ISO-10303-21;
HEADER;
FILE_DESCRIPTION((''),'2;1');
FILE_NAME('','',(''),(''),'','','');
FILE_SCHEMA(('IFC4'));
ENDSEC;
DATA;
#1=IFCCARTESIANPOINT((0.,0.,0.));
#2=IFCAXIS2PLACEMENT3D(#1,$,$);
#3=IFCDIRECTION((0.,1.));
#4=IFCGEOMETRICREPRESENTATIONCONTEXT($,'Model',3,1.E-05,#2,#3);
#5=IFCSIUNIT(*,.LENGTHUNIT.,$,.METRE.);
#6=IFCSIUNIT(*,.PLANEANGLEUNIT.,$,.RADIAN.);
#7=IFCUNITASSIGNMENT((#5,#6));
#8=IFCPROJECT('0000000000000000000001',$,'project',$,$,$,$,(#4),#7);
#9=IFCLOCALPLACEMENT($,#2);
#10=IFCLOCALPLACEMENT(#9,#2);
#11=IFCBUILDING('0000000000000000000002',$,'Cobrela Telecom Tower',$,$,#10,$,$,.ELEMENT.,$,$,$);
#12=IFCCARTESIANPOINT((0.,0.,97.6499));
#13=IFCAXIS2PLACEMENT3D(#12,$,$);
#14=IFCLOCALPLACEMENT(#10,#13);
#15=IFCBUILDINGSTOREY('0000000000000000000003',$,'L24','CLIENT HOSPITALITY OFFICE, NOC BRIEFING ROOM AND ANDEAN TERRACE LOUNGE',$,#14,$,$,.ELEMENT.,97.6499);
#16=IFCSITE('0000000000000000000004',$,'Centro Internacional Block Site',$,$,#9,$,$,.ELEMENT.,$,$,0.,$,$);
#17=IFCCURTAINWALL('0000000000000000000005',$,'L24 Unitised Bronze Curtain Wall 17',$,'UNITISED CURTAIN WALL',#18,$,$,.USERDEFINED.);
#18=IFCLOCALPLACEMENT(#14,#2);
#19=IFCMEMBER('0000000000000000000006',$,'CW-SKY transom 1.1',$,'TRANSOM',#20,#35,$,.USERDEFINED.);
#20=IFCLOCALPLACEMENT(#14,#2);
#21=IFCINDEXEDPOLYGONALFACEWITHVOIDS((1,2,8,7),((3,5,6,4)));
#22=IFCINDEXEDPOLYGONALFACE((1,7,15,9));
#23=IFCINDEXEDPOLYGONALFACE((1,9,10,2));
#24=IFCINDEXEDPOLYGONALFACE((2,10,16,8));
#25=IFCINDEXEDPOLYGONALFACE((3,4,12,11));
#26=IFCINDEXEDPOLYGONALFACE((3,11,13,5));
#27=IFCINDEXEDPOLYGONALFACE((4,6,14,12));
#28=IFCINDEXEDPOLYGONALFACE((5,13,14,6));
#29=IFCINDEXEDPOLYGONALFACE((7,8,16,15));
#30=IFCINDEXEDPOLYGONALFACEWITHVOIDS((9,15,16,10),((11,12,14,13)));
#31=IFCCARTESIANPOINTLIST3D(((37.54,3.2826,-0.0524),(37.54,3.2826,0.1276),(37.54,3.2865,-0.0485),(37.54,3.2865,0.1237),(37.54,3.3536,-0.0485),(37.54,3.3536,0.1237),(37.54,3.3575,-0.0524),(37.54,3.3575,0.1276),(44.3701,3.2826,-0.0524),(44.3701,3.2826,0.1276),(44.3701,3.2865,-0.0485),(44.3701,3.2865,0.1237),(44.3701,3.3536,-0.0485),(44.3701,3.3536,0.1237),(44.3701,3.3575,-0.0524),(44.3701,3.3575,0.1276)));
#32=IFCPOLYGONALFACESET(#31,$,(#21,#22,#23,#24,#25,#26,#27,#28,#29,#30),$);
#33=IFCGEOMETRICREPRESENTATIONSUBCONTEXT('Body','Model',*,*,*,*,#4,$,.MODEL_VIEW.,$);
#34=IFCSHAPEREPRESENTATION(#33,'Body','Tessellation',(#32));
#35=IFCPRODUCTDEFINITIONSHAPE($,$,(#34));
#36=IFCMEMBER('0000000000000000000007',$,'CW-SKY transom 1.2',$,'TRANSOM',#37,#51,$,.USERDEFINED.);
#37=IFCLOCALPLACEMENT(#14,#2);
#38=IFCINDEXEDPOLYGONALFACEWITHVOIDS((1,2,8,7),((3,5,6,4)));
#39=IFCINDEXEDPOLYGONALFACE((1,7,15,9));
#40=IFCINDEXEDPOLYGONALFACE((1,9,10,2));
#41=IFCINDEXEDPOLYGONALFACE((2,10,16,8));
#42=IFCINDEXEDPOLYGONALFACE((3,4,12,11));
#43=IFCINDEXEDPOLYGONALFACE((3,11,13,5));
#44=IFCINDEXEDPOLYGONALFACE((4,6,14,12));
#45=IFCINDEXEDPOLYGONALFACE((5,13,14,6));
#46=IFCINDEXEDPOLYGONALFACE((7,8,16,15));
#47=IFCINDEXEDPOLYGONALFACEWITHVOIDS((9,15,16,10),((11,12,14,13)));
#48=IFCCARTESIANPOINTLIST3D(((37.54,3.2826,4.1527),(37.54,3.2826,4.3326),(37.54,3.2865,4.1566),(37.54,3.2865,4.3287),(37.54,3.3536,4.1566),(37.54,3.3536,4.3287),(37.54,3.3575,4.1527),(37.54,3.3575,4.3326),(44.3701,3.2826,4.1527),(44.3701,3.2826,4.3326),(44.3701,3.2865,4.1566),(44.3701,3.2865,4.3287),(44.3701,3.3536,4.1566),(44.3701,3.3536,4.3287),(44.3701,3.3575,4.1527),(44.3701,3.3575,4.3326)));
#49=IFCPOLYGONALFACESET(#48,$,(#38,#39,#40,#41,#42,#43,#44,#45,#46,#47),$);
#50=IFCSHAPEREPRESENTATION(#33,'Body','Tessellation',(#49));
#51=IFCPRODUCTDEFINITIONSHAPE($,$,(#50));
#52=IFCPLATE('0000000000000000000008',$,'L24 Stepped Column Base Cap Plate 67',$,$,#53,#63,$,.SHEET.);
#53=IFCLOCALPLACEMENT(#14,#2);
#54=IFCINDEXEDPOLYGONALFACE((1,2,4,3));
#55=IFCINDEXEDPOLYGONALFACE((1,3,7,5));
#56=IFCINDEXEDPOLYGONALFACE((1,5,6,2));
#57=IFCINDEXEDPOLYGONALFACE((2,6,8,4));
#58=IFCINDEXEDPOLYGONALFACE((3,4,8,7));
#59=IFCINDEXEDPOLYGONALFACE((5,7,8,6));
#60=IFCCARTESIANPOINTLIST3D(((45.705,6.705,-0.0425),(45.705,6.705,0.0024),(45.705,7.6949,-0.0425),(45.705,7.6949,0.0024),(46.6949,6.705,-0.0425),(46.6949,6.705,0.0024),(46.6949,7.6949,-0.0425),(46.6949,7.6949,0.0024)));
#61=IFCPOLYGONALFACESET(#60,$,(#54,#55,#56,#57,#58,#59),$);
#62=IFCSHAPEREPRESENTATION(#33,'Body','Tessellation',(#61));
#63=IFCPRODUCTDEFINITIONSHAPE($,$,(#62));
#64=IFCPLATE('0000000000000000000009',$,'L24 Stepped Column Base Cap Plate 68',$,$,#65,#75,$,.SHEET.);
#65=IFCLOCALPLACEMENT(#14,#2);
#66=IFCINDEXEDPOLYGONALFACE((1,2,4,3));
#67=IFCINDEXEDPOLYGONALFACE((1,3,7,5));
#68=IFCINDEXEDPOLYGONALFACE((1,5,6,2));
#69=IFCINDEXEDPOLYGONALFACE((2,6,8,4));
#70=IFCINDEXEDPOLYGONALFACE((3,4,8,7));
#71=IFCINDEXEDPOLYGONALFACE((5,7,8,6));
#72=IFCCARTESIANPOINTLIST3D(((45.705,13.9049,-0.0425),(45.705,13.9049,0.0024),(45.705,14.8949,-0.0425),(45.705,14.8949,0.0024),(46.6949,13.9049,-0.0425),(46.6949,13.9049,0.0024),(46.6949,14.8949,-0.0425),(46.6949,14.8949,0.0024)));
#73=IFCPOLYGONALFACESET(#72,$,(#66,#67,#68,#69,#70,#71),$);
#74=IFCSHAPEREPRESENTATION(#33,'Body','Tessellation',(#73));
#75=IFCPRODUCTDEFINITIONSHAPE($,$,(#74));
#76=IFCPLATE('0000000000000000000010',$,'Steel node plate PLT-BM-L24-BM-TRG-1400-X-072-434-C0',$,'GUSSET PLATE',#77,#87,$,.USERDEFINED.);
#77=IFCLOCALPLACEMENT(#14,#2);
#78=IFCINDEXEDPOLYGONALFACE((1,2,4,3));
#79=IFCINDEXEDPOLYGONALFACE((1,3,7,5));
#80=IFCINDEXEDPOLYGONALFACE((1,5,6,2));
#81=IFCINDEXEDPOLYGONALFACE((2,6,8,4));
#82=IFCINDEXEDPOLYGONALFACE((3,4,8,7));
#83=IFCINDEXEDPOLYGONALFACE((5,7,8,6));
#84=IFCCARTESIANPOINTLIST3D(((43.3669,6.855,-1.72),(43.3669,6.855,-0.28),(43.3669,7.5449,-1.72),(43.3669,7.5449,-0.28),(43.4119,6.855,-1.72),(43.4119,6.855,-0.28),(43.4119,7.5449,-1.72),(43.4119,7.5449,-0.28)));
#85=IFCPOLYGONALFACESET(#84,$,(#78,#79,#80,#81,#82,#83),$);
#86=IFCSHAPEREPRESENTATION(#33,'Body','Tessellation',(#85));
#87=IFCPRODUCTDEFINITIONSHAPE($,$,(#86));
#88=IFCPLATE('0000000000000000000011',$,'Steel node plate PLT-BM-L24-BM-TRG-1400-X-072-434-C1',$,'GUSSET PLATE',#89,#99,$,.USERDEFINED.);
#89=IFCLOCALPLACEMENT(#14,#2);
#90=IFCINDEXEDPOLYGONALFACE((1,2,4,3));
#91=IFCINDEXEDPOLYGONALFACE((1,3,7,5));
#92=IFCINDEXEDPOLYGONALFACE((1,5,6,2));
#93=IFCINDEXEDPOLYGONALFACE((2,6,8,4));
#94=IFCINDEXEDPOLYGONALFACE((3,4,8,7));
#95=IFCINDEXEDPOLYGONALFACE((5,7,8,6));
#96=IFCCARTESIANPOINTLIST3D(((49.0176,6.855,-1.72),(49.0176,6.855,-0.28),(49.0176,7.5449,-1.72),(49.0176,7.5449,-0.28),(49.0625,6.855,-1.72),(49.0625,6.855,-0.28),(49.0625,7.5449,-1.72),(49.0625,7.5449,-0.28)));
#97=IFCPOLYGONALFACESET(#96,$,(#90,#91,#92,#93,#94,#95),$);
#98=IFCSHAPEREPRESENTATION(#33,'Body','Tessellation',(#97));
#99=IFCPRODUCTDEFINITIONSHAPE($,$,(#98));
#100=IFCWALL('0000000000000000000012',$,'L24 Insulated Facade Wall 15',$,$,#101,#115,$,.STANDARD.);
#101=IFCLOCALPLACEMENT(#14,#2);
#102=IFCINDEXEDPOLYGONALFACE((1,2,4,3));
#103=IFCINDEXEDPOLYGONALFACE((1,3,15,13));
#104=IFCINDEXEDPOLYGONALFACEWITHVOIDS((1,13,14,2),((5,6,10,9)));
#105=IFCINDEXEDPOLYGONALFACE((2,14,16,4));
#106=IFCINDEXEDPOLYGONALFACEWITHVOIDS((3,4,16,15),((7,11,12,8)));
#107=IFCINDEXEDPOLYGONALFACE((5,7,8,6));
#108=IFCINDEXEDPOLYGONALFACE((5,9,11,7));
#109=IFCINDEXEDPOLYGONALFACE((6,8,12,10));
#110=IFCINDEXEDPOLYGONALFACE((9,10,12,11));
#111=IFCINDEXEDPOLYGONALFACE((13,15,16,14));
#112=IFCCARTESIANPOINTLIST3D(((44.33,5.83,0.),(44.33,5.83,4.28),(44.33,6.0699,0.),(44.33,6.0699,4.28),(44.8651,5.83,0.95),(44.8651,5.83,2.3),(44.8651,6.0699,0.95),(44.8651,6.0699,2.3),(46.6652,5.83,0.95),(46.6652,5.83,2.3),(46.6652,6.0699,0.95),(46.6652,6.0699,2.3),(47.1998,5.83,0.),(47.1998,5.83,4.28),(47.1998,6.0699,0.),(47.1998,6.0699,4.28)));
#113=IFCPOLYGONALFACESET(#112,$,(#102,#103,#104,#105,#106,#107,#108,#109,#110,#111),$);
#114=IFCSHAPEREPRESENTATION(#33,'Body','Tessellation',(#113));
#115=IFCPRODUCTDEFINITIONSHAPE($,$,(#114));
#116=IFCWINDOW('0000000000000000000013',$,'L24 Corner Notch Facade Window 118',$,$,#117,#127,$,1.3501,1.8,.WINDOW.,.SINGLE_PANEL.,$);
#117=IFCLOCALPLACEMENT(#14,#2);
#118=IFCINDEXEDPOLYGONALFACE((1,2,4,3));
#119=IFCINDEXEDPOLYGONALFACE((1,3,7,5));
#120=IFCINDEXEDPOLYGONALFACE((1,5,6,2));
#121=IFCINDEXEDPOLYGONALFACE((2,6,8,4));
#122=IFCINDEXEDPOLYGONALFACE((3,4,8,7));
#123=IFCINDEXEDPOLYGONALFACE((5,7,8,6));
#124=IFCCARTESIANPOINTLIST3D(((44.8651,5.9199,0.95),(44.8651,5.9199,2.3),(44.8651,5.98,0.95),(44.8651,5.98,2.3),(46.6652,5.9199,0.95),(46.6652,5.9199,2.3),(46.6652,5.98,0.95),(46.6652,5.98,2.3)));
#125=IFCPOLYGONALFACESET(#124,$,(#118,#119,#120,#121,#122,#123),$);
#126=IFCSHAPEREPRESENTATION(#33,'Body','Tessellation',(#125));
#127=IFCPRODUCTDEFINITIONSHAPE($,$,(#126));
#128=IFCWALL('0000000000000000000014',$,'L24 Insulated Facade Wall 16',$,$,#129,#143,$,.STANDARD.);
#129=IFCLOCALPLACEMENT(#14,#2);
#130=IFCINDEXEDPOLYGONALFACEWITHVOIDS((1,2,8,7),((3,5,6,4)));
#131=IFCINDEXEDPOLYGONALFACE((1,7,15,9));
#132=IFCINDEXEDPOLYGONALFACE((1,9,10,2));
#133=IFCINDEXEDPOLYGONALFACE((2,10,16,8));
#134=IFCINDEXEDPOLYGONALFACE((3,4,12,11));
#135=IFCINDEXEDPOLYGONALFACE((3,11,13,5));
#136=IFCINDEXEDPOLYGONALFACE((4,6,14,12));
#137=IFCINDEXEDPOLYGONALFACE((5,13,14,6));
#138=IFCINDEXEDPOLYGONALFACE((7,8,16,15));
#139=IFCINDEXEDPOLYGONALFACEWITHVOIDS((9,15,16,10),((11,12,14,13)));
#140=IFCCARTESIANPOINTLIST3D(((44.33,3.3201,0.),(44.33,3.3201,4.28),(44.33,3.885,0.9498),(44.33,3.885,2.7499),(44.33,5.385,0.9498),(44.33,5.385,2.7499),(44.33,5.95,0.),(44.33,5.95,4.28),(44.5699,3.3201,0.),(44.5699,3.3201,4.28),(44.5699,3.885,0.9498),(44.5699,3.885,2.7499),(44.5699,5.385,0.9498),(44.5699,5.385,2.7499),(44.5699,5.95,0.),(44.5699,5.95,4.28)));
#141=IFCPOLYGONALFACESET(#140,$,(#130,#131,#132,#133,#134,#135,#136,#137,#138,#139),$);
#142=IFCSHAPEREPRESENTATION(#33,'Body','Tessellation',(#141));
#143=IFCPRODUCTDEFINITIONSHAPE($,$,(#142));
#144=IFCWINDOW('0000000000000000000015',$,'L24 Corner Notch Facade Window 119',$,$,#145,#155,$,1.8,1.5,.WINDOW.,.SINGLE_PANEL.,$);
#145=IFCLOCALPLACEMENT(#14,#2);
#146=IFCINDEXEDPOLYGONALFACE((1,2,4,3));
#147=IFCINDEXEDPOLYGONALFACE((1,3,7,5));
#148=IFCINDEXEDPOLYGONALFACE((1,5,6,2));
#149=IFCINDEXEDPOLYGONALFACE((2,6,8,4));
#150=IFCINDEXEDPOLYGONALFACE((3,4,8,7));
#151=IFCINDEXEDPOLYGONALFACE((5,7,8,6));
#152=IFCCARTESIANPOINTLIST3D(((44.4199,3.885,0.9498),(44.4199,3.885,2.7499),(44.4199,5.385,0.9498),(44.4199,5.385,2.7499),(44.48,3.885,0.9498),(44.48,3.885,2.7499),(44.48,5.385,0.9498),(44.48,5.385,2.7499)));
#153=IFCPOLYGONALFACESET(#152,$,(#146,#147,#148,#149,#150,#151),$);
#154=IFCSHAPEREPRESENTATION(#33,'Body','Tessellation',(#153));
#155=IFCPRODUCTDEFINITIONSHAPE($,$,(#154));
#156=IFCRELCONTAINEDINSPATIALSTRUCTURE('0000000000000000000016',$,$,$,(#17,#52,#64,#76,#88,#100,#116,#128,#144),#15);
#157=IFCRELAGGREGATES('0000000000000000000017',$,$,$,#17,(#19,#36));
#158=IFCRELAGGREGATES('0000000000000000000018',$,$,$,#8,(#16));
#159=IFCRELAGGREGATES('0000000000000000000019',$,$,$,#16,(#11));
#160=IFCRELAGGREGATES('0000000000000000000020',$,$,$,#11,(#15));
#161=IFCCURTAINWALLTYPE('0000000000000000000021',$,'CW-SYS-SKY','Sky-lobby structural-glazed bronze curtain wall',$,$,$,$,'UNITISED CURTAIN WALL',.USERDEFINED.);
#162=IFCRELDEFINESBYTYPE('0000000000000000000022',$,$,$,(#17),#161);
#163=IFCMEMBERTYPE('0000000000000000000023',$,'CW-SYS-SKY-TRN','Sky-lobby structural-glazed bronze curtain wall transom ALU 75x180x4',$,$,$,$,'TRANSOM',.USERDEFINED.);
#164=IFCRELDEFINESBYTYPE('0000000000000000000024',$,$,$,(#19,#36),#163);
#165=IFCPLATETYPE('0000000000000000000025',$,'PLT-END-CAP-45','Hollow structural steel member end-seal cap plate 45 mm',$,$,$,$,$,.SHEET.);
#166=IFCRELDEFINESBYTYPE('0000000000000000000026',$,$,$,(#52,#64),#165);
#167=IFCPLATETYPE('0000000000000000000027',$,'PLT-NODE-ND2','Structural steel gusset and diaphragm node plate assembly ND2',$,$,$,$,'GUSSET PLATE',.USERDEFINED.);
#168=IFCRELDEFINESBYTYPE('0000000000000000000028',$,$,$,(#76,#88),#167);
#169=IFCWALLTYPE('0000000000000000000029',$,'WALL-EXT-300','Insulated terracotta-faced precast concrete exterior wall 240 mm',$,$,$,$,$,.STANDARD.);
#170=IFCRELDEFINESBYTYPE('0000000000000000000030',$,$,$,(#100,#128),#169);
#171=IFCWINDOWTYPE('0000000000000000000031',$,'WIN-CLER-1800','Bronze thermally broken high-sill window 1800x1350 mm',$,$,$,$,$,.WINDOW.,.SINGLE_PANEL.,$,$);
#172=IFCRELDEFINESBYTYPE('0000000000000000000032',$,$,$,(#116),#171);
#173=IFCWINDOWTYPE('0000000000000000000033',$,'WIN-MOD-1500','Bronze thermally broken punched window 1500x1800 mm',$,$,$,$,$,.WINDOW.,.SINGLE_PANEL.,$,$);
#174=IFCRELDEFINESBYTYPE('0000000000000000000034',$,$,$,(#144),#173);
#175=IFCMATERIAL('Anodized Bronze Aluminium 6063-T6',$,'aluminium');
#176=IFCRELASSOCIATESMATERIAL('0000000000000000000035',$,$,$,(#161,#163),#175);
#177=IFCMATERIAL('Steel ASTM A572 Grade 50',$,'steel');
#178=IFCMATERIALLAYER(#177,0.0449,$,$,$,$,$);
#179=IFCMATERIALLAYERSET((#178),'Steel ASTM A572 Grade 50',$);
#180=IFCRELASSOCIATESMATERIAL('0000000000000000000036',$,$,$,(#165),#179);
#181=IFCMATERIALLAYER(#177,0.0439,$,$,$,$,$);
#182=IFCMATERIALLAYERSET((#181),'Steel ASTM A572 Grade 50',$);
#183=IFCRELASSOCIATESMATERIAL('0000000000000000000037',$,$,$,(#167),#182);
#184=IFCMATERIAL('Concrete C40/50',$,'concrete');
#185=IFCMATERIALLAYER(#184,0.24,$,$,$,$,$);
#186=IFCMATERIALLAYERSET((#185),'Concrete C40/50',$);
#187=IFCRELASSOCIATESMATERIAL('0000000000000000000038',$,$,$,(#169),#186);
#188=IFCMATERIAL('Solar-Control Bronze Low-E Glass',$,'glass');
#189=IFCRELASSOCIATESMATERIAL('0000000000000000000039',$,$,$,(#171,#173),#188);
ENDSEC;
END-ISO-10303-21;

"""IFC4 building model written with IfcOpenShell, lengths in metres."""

from ifc_helpers import new_model, si_unit, direction, frame, frame_2d, origin, origin_2d, place, context, subcontext, project, spatial, rectangle, hollow_rectangle, extrude, material, layer, layer_set, material_profile, profile_set, type_object, element, fill, aggregate, save


model = new_model("IFC4")

# Units and contexts
model_context = context("Model", 3, precision=1e-05, world=origin(), true_north=direction((0.0, 1.0)))
body_context = subcontext(model_context, "Body", "Model", "MODEL_VIEW")
ifc_project = project(units=[si_unit("LENGTHUNIT", "METRE"), si_unit("PLANEANGLEUNIT", "RADIAN")], contexts=[model_context])

# Site, building, storey
site_placement = place(None, origin())
site = spatial("IfcSite", under=ifc_project, at=site_placement, Name="Centro Internacional Block Site", CompositionType="ELEMENT", RefElevation=0.0)
building_placement = place(site_placement, origin())
building = spatial("IfcBuilding", under=site, at=building_placement, Name="Cobrela Telecom Tower", CompositionType="ELEMENT")
storey_placement = place(building_placement, frame((0.0, 0.0, 97.6499)))
storey = spatial("IfcBuildingStorey", under=building, at=storey_placement, Name="L24", Description="CLIENT HOSPITALITY OFFICE, NOC BRIEFING ROOM AND ANDEAN TERRACE LOUNGE", CompositionType="ELEMENT", Elevation=97.6499)

# Shared definitions
ifc_material_1 = material(Name="Steel ASTM A572 Grade 50", Category="steel")

# Curtain wall, members
ifc_material_2 = material(Name="Anodized Bronze Aluminium 6063-T6", Category="aluminium")
curtain_wall_type = type_object("IfcCurtainWallType", Name="CW-SYS-SKY", Description="Sky-lobby structural-glazed bronze curtain wall", ElementType="UNITISED CURTAIN WALL", PredefinedType="USERDEFINED", material=ifc_material_2)
curtain_wall_placement = place(storey_placement, origin())
curtain_wall = element("IfcCurtainWall", 1, at=curtain_wall_placement, inside=storey, type_object=curtain_wall_type, Name="L24 Unitised Bronze Curtain Wall 17", ObjectType="UNITISED CURTAIN WALL", PredefinedType="USERDEFINED")
ifc_material_profile_1 = material_profile(ifc_material_2, hollow_rectangle(XDim=0.075, YDim=0.1799, WallThickness=0.0039, at=origin_2d()), Name="ALU 75x180x4")
ifc_profile_set_1 = profile_set([ifc_material_profile_1], Name="Anodized Bronze Aluminium 6063-T6")
member_type_1 = type_object("IfcMemberType", Name="CW-SYS-SKY-TRN", Description="Sky-lobby structural-glazed bronze curtain wall transom ALU 75x180x4", ElementType="TRANSOM", PredefinedType="USERDEFINED", material=ifc_profile_set_1)
member_1_placement = place(storey_placement, frame((44.3701, 3.3201, 0.0376), z_axis=(-1.0, 0.0, 0.0), x_axis=(0.0, -1.0, 0.0)))
member_1 = element("IfcMember", 2, at=member_1_placement, type_object=member_type_1, Name="CW-SKY transom 1.1", ObjectType="TRANSOM", PredefinedType="USERDEFINED", context=body_context, shape_type="SweptSolid", body=[
    extrude(hollow_rectangle(XDim=0.075, YDim=0.1799, WallThickness=0.0039, at=origin_2d()), origin(), (0.0, 0.0, 1.0), 6.8301),
])
member_2_placement = place(storey_placement, frame((44.3701, 3.3201, 4.2427), z_axis=(-1.0, 0.0, 0.0), x_axis=(0.0, -1.0, 0.0)))
member_2 = element("IfcMember", 3, at=member_2_placement, type_object=member_type_1, Name="CW-SKY transom 1.2", ObjectType="TRANSOM", PredefinedType="USERDEFINED", context=body_context, shape_type="SweptSolid", body=[
    extrude(hollow_rectangle(XDim=0.075, YDim=0.1799, WallThickness=0.0039, at=origin_2d()), origin(), (0.0, 0.0, 1.0), 6.8301),
])
aggregate(curtain_wall, [member_1, member_2])

# Plates
ifc_layer_1 = layer(ifc_material_1, 0.0449)
ifc_layer_set_1 = layer_set([ifc_layer_1], Name="Steel ASTM A572 Grade 50")
plate_type_1 = type_object("IfcPlateType", Name="PLT-END-CAP-45", Description="Hollow structural steel member end-seal cap plate 45 mm", PredefinedType="SHEET", material=ifc_layer_set_1)
for number, where, z_axis, x_axis, name in (
    (4, (46.2, 7.2, -0.0425), (0.0, 0.0, 1.0), (1.0, 0.0, 0.0), "L24 Stepped Column Base Cap Plate 67"),
    (5, (46.2, 14.3999, -0.0425), (0.0, 0.0, 1.0), (1.0, 0.0, 0.0), "L24 Stepped Column Base Cap Plate 68"),
):
    element("IfcPlate", number, at=place(storey_placement, frame(where, z_axis=z_axis, x_axis=x_axis)), inside=storey, type_object=plate_type_1, Name=name, PredefinedType="SHEET", context=body_context, shape_type="SweptSolid", body=[
        extrude(rectangle(XDim=0.99, YDim=0.99, at=origin_2d()), origin(), (0.0, 0.0, 1.0), 0.0449),
    ])
ifc_layer_2 = layer(ifc_material_1, 0.0439)
ifc_layer_set_2 = layer_set([ifc_layer_2], Name="Steel ASTM A572 Grade 50")
plate_type_2 = type_object("IfcPlateType", Name="PLT-NODE-ND2", Description="Structural steel gusset and diaphragm node plate assembly ND2", ElementType="GUSSET PLATE", PredefinedType="USERDEFINED", material=ifc_layer_set_2)
for number, where, z_axis, x_axis, name in (
    (6, (43.3894, 7.2, -1.72), (0.0, 0.0, 1.0), (1.0, 0.0, 0.0), "Steel node plate PLT-BM-L24-BM-TRG-1400-X-072-434-C0"),
    (7, (49.04, 7.2, -1.72), (0.0, 0.0, 1.0), (1.0, 0.0, 0.0), "Steel node plate PLT-BM-L24-BM-TRG-1400-X-072-434-C1"),
):
    element("IfcPlate", number, at=place(storey_placement, frame(where, z_axis=z_axis, x_axis=x_axis)), inside=storey, type_object=plate_type_2, Name=name, ObjectType="GUSSET PLATE", PredefinedType="USERDEFINED", context=body_context, shape_type="SweptSolid", body=[
        extrude(rectangle(XDim=0.0449, YDim=0.6899, at=origin_2d()), origin(), (0.0, 0.0, 1.0), 1.4399),
    ])

# Walls, openings, windows
ifc_material_3 = material(Name="Concrete C40/50", Category="concrete")
ifc_layer_3 = layer(ifc_material_3, 0.24)
ifc_layer_set_3 = layer_set([ifc_layer_3], Name="Concrete C40/50")
wall_type = type_object("IfcWallType", Name="WALL-EXT-300", Description="Insulated terracotta-faced precast concrete exterior wall 240 mm", PredefinedType="STANDARD", material=ifc_layer_set_3)
wall_1_placement = place(storey_placement, frame((47.2, 5.95, 0.0), z_axis=(0.0, 0.0, 1.0), x_axis=(-1.0, 0.0, 0.0)))
wall_1 = element("IfcWall", 8, at=wall_1_placement, inside=storey, type_object=wall_type, Name="L24 Insulated Facade Wall 15", PredefinedType="STANDARD", context=body_context, shape_type="SweptSolid", body=[
    extrude(rectangle(XDim=2.8699, YDim=0.24, at=frame_2d((1.4351, 0.0))), origin(), (0.0, 0.0, 1.0), 4.28),
])
opening_1_placement = place(wall_1_placement, frame((0.5349, 0.0, 0.95)))
opening_1 = element("IfcOpeningElement", 9, at=opening_1_placement, cuts=wall_1, PredefinedType="OPENING", context=body_context, shape_type="SweptSolid", body=[
    extrude(rectangle(XDim=1.8, YDim=1.3501, at=frame_2d((0.8999, 0.675))), frame((0.0, 0.1318, 0.0), z_axis=(0.0, -1.0, 0.0), x_axis=(1.0, 0.0, 0.0)), (0.0, 0.0, 1.0), 0.2639),
])
ifc_material_4 = material(Name="Solar-Control Bronze Low-E Glass", Category="glass")
window_type_1 = type_object("IfcWindowType", Name="WIN-CLER-1800", Description="Bronze thermally broken high-sill window 1800x1350 mm", PartitioningType="SINGLE_PANEL", PredefinedType="WINDOW", material=ifc_material_4)
window_1_placement = place(opening_1_placement, origin())
window_1 = element("IfcWindow", 10, at=window_1_placement, inside=storey, type_object=window_type_1, Name="L24 Corner Notch Facade Window 118", OverallHeight=1.3501, OverallWidth=1.8, PartitioningType="SINGLE_PANEL", PredefinedType="WINDOW", context=body_context, shape_type="SweptSolid", body=[
    extrude(rectangle(XDim=1.8, YDim=1.3501, at=frame_2d((0.8999, 0.675))), frame((0.0, 0.03, 0.0), z_axis=(0.0, -1.0, 0.0), x_axis=(1.0, 0.0, 0.0)), (0.0, 0.0, 1.0), 0.0601),
])
fill(opening_1, window_1)
wall_2_placement = place(storey_placement, frame((44.45, 5.95, 0.0), z_axis=(0.0, 0.0, 1.0), x_axis=(0.0, -1.0, 0.0)))
wall_2 = element("IfcWall", 11, at=wall_2_placement, inside=storey, type_object=wall_type, Name="L24 Insulated Facade Wall 16", PredefinedType="STANDARD", context=body_context, shape_type="SweptSolid", body=[
    extrude(rectangle(XDim=2.6299, YDim=0.24, at=frame_2d((1.3149, 0.0))), origin(), (0.0, 0.0, 1.0), 4.28),
])
opening_2_placement = place(wall_2_placement, frame((0.5649, 0.0, 0.95)))
opening_2 = element("IfcOpeningElement", 12, at=opening_2_placement, cuts=wall_2, PredefinedType="OPENING", context=body_context, shape_type="SweptSolid", body=[
    extrude(rectangle(XDim=1.5, YDim=1.8, at=frame_2d((0.75, 0.8999))), frame((0.0, 0.1318, 0.0), z_axis=(0.0, -1.0, 0.0), x_axis=(1.0, 0.0, 0.0)), (0.0, 0.0, 1.0), 0.2639),
])
window_type_2 = type_object("IfcWindowType", Name="WIN-MOD-1500", Description="Bronze thermally broken punched window 1500x1800 mm", PartitioningType="SINGLE_PANEL", PredefinedType="WINDOW", material=ifc_material_4)
window_2_placement = place(opening_2_placement, origin())
window_2 = element("IfcWindow", 13, at=window_2_placement, inside=storey, type_object=window_type_2, Name="L24 Corner Notch Facade Window 119", OverallHeight=1.8, OverallWidth=1.5, PartitioningType="SINGLE_PANEL", PredefinedType="WINDOW", context=body_context, shape_type="SweptSolid", body=[
    extrude(rectangle(XDim=1.5, YDim=1.8, at=frame_2d((0.75, 0.8999))), frame((0.0, 0.03, 0.0), z_axis=(0.0, -1.0, 0.0), x_axis=(1.0, 0.0, 0.0)), (0.0, 0.0, 1.0), 0.0601),
])
fill(opening_2, window_2)

save(model, "model.ifc")
